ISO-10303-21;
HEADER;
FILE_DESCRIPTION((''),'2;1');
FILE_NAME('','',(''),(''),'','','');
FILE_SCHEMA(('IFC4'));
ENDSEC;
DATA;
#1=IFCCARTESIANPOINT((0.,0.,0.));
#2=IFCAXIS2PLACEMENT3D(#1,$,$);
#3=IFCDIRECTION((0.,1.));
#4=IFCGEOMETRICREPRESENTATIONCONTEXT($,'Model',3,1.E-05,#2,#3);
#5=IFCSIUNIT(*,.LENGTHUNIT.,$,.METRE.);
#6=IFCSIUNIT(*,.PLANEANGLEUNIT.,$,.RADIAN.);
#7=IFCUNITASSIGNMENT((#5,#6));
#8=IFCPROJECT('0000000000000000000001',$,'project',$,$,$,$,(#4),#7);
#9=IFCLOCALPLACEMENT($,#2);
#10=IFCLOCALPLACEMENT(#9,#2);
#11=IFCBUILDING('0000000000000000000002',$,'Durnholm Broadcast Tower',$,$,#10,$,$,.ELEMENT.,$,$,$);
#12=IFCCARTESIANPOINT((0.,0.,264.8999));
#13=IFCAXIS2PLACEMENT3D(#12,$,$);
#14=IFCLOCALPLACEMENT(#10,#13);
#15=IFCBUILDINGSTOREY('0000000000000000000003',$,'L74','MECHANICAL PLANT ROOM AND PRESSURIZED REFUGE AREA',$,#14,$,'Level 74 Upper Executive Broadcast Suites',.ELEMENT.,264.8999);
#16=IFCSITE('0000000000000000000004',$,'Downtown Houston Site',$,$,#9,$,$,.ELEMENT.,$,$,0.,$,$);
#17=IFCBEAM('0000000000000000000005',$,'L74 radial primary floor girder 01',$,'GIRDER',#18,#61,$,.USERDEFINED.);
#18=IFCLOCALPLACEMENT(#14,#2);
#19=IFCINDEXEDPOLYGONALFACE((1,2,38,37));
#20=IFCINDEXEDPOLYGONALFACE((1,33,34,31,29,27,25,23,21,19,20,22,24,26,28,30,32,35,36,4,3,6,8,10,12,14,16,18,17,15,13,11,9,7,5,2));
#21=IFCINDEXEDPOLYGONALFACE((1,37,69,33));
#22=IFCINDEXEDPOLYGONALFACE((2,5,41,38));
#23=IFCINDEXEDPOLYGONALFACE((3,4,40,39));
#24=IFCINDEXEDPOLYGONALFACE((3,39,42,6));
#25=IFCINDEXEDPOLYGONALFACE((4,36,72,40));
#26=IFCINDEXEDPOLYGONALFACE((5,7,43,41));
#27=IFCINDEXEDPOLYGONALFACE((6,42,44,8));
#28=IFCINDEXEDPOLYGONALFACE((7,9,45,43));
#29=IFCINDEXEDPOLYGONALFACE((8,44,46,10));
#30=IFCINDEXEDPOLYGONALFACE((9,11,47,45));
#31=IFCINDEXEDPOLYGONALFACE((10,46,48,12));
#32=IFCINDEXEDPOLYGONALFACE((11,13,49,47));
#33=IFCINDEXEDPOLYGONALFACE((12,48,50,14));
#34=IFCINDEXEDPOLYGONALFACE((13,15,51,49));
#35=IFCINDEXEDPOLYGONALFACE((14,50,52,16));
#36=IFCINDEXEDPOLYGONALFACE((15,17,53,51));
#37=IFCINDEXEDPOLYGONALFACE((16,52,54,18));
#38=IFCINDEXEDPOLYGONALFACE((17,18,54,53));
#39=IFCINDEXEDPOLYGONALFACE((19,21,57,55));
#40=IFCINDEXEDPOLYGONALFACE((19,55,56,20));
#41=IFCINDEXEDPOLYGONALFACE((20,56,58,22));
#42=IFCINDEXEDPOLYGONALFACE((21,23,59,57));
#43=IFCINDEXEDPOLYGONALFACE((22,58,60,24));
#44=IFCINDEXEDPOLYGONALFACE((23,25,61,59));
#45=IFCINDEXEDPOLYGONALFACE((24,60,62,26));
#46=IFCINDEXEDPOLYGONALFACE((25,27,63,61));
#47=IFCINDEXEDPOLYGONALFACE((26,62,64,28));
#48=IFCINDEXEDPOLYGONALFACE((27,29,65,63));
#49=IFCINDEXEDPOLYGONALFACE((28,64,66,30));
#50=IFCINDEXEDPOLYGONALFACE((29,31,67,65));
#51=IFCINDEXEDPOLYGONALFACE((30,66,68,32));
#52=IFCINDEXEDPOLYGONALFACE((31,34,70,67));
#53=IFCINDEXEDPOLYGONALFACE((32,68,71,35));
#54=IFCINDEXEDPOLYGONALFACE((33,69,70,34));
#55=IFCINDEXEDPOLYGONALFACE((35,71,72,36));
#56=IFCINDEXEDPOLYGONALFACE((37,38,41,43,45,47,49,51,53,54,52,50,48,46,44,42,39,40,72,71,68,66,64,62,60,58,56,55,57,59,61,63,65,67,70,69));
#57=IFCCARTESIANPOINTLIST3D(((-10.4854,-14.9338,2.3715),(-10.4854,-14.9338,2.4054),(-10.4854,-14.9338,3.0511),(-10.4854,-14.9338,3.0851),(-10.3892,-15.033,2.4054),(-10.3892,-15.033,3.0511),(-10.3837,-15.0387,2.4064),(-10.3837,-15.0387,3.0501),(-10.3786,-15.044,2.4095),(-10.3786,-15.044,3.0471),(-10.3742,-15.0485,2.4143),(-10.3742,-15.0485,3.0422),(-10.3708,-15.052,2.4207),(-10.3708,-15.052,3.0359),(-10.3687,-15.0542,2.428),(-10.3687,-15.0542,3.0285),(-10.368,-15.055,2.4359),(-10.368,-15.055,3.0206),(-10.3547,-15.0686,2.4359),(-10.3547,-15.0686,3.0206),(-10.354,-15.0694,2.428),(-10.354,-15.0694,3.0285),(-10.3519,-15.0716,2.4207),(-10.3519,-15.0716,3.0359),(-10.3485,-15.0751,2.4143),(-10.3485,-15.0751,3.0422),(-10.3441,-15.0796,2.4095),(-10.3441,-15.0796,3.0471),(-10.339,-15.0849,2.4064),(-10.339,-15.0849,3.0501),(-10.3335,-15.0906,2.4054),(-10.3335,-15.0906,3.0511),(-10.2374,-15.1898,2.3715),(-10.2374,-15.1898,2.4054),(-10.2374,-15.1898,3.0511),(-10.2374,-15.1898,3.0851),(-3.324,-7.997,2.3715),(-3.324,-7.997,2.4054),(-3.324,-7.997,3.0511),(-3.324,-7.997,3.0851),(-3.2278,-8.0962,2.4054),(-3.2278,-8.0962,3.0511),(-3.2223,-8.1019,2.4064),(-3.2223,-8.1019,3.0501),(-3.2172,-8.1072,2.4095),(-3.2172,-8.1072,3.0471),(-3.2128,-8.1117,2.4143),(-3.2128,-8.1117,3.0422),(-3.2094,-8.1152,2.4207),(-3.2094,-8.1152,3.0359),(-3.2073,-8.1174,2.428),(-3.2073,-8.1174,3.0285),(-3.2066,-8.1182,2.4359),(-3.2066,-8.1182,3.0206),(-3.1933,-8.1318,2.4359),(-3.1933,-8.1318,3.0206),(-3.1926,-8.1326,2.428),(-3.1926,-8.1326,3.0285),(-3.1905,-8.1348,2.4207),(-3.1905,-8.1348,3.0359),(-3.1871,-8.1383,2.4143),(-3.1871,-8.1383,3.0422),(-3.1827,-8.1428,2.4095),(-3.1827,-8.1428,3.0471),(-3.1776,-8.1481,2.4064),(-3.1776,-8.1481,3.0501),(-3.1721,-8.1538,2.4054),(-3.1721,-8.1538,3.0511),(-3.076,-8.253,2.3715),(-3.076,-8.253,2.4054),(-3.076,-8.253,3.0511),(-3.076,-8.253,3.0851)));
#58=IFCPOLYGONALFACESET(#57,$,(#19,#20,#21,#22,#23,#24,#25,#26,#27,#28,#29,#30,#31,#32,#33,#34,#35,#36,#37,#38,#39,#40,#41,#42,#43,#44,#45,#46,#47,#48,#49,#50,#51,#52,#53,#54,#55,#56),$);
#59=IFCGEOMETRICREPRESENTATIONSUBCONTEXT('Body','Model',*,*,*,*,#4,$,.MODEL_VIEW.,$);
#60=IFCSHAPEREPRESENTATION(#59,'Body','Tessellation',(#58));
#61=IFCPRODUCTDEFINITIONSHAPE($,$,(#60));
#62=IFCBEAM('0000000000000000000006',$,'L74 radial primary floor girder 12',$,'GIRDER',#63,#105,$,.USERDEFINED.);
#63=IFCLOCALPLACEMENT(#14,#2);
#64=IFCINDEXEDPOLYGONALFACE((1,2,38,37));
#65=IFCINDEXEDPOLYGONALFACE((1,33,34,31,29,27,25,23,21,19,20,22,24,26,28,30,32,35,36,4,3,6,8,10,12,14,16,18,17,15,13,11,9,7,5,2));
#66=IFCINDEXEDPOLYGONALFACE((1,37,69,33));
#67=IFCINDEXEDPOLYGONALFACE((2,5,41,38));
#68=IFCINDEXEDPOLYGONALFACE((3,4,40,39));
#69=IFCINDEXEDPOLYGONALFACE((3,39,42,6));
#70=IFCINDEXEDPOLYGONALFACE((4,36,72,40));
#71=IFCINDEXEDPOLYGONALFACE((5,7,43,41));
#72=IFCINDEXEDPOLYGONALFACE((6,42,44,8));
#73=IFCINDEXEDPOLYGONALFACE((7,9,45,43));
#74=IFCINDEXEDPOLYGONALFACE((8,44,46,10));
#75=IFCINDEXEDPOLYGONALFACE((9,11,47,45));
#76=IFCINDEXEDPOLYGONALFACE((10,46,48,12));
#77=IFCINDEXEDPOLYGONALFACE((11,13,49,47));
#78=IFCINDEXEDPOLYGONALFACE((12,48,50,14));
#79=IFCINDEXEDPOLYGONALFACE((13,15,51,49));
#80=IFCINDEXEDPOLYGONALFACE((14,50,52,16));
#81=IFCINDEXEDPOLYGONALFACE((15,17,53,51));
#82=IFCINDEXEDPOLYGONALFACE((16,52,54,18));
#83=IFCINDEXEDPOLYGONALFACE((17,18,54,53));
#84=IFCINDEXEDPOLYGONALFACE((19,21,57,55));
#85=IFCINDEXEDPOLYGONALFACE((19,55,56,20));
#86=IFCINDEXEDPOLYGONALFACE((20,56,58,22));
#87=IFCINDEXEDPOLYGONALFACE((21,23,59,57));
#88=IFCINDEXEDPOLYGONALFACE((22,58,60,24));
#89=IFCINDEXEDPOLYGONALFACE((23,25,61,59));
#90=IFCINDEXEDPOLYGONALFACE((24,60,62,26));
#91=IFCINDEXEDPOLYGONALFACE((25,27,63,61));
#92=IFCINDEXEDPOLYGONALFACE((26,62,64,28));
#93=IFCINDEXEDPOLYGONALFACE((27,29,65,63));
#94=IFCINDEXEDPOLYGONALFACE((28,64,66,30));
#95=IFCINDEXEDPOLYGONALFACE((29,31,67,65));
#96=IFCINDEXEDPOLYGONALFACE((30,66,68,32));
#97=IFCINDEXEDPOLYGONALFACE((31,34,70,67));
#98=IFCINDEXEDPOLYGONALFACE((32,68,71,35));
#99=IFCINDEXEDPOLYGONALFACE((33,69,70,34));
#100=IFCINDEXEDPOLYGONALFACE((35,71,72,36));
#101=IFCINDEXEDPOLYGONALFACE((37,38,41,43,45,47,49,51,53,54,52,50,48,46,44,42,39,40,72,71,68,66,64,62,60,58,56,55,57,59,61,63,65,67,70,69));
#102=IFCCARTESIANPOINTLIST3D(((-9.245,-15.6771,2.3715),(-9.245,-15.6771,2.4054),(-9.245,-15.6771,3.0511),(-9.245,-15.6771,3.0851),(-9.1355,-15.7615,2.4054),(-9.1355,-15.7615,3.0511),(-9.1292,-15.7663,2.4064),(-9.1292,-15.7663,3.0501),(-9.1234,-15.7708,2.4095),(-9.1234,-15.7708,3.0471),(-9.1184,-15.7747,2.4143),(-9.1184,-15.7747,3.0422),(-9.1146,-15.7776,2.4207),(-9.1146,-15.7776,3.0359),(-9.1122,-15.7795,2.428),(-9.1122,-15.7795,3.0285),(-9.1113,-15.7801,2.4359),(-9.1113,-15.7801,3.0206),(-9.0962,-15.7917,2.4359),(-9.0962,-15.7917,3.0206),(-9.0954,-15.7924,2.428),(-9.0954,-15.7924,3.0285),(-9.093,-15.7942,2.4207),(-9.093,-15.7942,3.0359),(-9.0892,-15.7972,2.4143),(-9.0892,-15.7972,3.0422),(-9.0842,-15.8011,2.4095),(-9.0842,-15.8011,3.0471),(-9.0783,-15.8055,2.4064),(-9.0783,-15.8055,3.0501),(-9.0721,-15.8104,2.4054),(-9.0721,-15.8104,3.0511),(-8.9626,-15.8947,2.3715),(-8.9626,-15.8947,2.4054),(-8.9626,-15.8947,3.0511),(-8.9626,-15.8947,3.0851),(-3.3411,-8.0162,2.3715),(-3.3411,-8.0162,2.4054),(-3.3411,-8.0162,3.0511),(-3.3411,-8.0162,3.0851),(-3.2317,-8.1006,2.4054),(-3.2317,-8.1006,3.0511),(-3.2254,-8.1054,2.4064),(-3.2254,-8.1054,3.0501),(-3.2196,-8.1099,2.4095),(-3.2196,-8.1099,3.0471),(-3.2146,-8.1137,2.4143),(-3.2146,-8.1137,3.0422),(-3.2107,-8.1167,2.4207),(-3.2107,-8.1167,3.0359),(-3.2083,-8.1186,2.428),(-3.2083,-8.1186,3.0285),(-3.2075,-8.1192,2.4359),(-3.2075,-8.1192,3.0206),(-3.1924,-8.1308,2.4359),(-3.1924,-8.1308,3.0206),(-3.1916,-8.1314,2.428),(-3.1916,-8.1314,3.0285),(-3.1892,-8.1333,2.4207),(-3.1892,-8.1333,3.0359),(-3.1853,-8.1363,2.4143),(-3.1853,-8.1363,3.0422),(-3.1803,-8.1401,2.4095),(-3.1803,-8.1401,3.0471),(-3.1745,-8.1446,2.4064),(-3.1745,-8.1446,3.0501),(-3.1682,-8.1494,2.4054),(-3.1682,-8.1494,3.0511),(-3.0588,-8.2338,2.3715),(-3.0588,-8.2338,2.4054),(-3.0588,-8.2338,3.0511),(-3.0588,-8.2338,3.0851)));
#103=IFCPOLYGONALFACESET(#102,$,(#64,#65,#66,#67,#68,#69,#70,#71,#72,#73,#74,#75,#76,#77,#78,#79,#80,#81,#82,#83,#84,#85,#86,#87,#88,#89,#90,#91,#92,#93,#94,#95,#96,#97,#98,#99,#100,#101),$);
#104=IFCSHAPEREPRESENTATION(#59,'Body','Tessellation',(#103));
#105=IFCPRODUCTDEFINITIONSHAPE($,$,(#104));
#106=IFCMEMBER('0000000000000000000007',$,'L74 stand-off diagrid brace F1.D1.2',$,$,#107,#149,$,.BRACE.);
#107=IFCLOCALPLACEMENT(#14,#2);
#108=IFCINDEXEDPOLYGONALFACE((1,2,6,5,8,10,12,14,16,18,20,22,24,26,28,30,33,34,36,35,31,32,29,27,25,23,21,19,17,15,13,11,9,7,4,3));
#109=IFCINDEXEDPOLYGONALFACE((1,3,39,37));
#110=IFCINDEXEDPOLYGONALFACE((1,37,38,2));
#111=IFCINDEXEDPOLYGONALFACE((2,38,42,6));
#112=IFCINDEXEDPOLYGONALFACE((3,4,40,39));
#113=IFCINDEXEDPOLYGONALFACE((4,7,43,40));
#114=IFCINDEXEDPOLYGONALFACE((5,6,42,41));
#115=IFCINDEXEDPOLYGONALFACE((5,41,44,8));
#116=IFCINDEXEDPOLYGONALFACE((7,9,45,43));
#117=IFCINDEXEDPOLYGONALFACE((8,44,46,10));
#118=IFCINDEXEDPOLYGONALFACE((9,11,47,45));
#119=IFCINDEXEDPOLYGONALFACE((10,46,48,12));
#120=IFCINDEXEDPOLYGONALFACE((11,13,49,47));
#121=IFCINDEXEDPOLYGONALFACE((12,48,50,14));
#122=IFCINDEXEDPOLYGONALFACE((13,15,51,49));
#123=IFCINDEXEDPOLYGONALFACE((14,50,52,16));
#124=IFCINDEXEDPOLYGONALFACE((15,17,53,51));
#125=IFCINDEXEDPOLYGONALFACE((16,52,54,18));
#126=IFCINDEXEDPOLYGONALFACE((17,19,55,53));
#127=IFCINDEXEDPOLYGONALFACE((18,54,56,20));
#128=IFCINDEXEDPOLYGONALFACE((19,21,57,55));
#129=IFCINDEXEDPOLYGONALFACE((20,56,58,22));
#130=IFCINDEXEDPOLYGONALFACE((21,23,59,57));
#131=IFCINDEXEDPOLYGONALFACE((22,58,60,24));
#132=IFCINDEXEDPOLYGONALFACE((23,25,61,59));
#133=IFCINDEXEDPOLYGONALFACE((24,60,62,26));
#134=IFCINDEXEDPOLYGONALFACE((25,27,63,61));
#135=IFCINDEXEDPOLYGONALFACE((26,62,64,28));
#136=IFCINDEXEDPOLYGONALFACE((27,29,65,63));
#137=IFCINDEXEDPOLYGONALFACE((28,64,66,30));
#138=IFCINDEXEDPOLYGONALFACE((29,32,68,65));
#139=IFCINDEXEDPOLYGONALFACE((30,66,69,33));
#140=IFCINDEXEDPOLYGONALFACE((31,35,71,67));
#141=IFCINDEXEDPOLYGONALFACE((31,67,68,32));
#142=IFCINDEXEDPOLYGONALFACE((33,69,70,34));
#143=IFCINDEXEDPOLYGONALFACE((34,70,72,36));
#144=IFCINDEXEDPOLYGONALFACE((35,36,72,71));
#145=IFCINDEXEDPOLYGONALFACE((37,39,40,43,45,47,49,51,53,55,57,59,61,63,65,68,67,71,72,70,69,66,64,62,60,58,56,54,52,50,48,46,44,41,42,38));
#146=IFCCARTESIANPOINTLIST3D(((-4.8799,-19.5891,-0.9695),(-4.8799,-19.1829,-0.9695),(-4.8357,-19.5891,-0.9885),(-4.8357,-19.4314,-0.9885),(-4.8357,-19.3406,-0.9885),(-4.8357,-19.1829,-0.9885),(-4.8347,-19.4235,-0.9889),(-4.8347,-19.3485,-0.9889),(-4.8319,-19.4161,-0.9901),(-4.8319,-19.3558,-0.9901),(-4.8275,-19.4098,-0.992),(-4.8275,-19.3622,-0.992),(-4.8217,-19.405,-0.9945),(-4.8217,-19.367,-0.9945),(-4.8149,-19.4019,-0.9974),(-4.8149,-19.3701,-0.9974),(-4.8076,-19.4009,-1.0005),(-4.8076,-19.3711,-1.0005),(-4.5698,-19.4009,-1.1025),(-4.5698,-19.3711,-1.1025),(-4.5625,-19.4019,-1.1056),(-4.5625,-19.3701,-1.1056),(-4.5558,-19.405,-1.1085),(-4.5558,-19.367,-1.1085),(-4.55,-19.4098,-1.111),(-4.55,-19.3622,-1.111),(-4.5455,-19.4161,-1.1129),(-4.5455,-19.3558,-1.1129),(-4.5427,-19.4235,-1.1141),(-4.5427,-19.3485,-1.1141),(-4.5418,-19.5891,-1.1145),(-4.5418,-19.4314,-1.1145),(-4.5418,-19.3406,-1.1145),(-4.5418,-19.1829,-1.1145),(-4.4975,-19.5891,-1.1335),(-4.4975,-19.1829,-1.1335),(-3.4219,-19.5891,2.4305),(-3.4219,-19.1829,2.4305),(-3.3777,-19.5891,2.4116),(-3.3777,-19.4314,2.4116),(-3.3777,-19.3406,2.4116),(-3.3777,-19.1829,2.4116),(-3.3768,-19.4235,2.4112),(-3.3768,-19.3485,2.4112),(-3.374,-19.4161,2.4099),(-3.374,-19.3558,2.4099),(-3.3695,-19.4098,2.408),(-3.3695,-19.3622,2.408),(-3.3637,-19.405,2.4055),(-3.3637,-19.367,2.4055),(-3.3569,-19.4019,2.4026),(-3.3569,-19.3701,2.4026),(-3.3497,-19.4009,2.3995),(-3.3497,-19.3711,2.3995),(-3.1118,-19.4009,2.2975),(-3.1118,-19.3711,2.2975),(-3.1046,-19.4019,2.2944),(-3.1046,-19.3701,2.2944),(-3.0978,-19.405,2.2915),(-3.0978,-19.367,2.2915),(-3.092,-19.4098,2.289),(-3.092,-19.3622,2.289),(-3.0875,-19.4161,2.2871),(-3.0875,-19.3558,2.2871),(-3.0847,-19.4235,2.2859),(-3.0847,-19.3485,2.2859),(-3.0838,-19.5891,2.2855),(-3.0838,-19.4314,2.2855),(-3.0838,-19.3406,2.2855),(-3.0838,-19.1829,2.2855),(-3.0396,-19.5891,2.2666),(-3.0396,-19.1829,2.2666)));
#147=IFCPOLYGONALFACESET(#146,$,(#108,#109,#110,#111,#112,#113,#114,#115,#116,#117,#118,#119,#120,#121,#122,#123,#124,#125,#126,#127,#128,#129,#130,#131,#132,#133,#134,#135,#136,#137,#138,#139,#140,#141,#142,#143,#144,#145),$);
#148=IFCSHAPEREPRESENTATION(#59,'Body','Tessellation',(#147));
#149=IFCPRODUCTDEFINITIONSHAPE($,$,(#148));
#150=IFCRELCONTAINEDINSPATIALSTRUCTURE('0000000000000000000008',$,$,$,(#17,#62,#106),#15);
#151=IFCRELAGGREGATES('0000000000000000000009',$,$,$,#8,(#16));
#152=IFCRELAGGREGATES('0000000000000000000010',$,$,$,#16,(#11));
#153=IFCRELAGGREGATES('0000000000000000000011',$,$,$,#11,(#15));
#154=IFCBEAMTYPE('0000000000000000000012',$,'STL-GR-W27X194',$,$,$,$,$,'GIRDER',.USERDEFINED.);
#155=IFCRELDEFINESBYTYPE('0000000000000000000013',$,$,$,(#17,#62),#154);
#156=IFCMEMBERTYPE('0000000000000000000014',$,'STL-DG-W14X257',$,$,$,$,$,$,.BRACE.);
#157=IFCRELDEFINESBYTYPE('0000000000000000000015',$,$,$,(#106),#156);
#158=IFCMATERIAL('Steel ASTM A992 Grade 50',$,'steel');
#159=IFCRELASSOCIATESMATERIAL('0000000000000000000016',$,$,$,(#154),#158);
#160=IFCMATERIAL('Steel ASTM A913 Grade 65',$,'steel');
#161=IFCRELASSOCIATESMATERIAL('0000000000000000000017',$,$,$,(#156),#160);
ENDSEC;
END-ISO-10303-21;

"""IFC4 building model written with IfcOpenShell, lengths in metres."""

from ifc_helpers import new_model, si_unit, direction, frame, origin, origin_2d, place, context, subcontext, project, spatial, i_section, extrude, source, transform, mapped, material, material_profile, profile_set, type_object, type_shapes, element, save


model = new_model("IFC4")

# Units and contexts
model_context = context("Model", 3, precision=1e-05, world=origin(), true_north=direction((0.0, 1.0)))
body_context = subcontext(model_context, "Body", "Model", "MODEL_VIEW")
ifc_project = project(units=[si_unit("LENGTHUNIT", "METRE"), si_unit("PLANEANGLEUNIT", "RADIAN")], contexts=[model_context])

# Site, building, storey
site_placement = place(None, origin())
site = spatial("IfcSite", under=ifc_project, at=site_placement, Name="Downtown Houston Site", CompositionType="ELEMENT", RefElevation=0.0)
building_placement = place(site_placement, origin())
building = spatial("IfcBuilding", under=site, at=building_placement, Name="Durnholm Broadcast Tower", CompositionType="ELEMENT")
storey_placement = place(building_placement, frame((0.0, 0.0, 264.8999)))
storey = spatial("IfcBuildingStorey", under=building, at=storey_placement, Name="L74", Description="MECHANICAL PLANT ROOM AND PRESSURIZED REFUGE AREA", LongName="Level 74 Upper Executive Broadcast Suites", CompositionType="ELEMENT", Elevation=264.8999)

# Beams
ifc_material_1 = material(Name="Steel ASTM A992 Grade 50", Category="steel")
ifc_material_profile_1 = material_profile(ifc_material_1, i_section(OverallWidth=0.3564, OverallDepth=0.7136, WebThickness=0.019, FlangeThickness=0.0339, FilletRadius=0.0305, at=origin_2d()), Name="W27X194")
ifc_profile_set_1 = profile_set([ifc_material_profile_1], Name="Steel ASTM A992 Grade 50")
beam_type_1 = type_object("IfcBeamType", Name="STL-GR-W27X194", ElementType="GIRDER", PredefinedType="USERDEFINED", material=ifc_profile_set_1)
shared_shape_1 = source(origin(), body_context, "Body", "SweptSolid", [
    extrude(i_section(OverallWidth=0.3564, OverallDepth=0.7136, WebThickness=0.019, FlangeThickness=0.0339, FilletRadius=0.0305, at=origin_2d()), origin(), (0.0, 0.0, 1.0), 9.9702),
])
beam_1_placement = place(storey_placement, frame((-3.2, -8.125, 2.7283), z_axis=(-0.718281, -0.695753, 0.0), x_axis=(0.695753, -0.718281, 0.0)))
element("IfcBeam", 1, at=beam_1_placement, inside=storey, type_object=beam_type_1, Name="L74 radial primary floor girder 01", ObjectType="GIRDER", PredefinedType="USERDEFINED", context=body_context, shape_type="MappedRepresentation", body=[
    mapped(shared_shape_1, transform((0.0, 0.0, 0.0), x_axis=(1.0, 0.0, 0.0), y_axis=(0.0, 1.0, 0.0), z_axis=(0.0, 0.0, 1.0), scale=1.0)),
])
shared_shape_2 = source(origin(), body_context, "Body", "SweptSolid", [
    extrude(i_section(OverallWidth=0.3564, OverallDepth=0.7136, WebThickness=0.019, FlangeThickness=0.0339, FilletRadius=0.0305, at=origin_2d()), origin(), (0.0, 0.0, 1.0), 9.6719),
])
type_shapes(beam_type_1, [shared_shape_1, shared_shape_2])
beam_2_placement = place(storey_placement, frame((-3.2, -8.125, 2.7283), z_axis=(-0.610413, -0.792083, 0.0), x_axis=(0.792083, -0.610413, 0.0)))
element("IfcBeam", 2, at=beam_2_placement, inside=storey, type_object=beam_type_1, Name="L74 radial primary floor girder 12", ObjectType="GIRDER", PredefinedType="USERDEFINED", context=body_context, shape_type="MappedRepresentation", body=[
    mapped(shared_shape_2, transform((0.0, 0.0, 0.0), x_axis=(1.0, 0.0, 0.0), y_axis=(0.0, 1.0, 0.0), z_axis=(0.0, 0.0, 1.0), scale=1.0)),
])

# Member
ifc_material_2 = material(Name="Steel ASTM A913 Grade 65", Category="steel")
ifc_material_profile_2 = material_profile(ifc_material_2, i_section(OverallWidth=0.4062, OverallDepth=0.416, WebThickness=0.0298, FlangeThickness=0.0481, FilletRadius=0.0305, at=origin_2d()), Name="W14X257")
ifc_profile_set_2 = profile_set([ifc_material_profile_2], Name="Steel ASTM A913 Grade 65")
member_type_1 = type_object("IfcMemberType", Name="STL-DG-W14X257", PredefinedType="BRACE", material=ifc_profile_set_2)
shared_shape_3 = source(origin(), body_context, "Body", "SweptSolid", [
    extrude(i_section(OverallWidth=0.4062, OverallDepth=0.416, WebThickness=0.0298, FlangeThickness=0.0481, FilletRadius=0.0305, at=origin_2d()), origin(), (0.0, 0.0, 1.0), 3.6995),
])
member_1_placement = place(storey_placement, frame((-4.6887, -19.386, -1.0515), z_axis=(0.394102, 0.0, 0.919067), x_axis=(0.0, 1.0, 0.0)))
element("IfcMember", 3, at=member_1_placement, inside=storey, type_object=member_type_1, Name="L74 stand-off diagrid brace F1.D1.2", PredefinedType="BRACE", context=body_context, shape_type="MappedRepresentation", body=[
    mapped(shared_shape_3, transform((0.0, 0.0, 0.0), x_axis=(1.0, 0.0, 0.0), y_axis=(0.0, 1.0, 0.0), z_axis=(0.0, 0.0, 1.0), scale=1.0)),
])

save(model, "model.ifc")
